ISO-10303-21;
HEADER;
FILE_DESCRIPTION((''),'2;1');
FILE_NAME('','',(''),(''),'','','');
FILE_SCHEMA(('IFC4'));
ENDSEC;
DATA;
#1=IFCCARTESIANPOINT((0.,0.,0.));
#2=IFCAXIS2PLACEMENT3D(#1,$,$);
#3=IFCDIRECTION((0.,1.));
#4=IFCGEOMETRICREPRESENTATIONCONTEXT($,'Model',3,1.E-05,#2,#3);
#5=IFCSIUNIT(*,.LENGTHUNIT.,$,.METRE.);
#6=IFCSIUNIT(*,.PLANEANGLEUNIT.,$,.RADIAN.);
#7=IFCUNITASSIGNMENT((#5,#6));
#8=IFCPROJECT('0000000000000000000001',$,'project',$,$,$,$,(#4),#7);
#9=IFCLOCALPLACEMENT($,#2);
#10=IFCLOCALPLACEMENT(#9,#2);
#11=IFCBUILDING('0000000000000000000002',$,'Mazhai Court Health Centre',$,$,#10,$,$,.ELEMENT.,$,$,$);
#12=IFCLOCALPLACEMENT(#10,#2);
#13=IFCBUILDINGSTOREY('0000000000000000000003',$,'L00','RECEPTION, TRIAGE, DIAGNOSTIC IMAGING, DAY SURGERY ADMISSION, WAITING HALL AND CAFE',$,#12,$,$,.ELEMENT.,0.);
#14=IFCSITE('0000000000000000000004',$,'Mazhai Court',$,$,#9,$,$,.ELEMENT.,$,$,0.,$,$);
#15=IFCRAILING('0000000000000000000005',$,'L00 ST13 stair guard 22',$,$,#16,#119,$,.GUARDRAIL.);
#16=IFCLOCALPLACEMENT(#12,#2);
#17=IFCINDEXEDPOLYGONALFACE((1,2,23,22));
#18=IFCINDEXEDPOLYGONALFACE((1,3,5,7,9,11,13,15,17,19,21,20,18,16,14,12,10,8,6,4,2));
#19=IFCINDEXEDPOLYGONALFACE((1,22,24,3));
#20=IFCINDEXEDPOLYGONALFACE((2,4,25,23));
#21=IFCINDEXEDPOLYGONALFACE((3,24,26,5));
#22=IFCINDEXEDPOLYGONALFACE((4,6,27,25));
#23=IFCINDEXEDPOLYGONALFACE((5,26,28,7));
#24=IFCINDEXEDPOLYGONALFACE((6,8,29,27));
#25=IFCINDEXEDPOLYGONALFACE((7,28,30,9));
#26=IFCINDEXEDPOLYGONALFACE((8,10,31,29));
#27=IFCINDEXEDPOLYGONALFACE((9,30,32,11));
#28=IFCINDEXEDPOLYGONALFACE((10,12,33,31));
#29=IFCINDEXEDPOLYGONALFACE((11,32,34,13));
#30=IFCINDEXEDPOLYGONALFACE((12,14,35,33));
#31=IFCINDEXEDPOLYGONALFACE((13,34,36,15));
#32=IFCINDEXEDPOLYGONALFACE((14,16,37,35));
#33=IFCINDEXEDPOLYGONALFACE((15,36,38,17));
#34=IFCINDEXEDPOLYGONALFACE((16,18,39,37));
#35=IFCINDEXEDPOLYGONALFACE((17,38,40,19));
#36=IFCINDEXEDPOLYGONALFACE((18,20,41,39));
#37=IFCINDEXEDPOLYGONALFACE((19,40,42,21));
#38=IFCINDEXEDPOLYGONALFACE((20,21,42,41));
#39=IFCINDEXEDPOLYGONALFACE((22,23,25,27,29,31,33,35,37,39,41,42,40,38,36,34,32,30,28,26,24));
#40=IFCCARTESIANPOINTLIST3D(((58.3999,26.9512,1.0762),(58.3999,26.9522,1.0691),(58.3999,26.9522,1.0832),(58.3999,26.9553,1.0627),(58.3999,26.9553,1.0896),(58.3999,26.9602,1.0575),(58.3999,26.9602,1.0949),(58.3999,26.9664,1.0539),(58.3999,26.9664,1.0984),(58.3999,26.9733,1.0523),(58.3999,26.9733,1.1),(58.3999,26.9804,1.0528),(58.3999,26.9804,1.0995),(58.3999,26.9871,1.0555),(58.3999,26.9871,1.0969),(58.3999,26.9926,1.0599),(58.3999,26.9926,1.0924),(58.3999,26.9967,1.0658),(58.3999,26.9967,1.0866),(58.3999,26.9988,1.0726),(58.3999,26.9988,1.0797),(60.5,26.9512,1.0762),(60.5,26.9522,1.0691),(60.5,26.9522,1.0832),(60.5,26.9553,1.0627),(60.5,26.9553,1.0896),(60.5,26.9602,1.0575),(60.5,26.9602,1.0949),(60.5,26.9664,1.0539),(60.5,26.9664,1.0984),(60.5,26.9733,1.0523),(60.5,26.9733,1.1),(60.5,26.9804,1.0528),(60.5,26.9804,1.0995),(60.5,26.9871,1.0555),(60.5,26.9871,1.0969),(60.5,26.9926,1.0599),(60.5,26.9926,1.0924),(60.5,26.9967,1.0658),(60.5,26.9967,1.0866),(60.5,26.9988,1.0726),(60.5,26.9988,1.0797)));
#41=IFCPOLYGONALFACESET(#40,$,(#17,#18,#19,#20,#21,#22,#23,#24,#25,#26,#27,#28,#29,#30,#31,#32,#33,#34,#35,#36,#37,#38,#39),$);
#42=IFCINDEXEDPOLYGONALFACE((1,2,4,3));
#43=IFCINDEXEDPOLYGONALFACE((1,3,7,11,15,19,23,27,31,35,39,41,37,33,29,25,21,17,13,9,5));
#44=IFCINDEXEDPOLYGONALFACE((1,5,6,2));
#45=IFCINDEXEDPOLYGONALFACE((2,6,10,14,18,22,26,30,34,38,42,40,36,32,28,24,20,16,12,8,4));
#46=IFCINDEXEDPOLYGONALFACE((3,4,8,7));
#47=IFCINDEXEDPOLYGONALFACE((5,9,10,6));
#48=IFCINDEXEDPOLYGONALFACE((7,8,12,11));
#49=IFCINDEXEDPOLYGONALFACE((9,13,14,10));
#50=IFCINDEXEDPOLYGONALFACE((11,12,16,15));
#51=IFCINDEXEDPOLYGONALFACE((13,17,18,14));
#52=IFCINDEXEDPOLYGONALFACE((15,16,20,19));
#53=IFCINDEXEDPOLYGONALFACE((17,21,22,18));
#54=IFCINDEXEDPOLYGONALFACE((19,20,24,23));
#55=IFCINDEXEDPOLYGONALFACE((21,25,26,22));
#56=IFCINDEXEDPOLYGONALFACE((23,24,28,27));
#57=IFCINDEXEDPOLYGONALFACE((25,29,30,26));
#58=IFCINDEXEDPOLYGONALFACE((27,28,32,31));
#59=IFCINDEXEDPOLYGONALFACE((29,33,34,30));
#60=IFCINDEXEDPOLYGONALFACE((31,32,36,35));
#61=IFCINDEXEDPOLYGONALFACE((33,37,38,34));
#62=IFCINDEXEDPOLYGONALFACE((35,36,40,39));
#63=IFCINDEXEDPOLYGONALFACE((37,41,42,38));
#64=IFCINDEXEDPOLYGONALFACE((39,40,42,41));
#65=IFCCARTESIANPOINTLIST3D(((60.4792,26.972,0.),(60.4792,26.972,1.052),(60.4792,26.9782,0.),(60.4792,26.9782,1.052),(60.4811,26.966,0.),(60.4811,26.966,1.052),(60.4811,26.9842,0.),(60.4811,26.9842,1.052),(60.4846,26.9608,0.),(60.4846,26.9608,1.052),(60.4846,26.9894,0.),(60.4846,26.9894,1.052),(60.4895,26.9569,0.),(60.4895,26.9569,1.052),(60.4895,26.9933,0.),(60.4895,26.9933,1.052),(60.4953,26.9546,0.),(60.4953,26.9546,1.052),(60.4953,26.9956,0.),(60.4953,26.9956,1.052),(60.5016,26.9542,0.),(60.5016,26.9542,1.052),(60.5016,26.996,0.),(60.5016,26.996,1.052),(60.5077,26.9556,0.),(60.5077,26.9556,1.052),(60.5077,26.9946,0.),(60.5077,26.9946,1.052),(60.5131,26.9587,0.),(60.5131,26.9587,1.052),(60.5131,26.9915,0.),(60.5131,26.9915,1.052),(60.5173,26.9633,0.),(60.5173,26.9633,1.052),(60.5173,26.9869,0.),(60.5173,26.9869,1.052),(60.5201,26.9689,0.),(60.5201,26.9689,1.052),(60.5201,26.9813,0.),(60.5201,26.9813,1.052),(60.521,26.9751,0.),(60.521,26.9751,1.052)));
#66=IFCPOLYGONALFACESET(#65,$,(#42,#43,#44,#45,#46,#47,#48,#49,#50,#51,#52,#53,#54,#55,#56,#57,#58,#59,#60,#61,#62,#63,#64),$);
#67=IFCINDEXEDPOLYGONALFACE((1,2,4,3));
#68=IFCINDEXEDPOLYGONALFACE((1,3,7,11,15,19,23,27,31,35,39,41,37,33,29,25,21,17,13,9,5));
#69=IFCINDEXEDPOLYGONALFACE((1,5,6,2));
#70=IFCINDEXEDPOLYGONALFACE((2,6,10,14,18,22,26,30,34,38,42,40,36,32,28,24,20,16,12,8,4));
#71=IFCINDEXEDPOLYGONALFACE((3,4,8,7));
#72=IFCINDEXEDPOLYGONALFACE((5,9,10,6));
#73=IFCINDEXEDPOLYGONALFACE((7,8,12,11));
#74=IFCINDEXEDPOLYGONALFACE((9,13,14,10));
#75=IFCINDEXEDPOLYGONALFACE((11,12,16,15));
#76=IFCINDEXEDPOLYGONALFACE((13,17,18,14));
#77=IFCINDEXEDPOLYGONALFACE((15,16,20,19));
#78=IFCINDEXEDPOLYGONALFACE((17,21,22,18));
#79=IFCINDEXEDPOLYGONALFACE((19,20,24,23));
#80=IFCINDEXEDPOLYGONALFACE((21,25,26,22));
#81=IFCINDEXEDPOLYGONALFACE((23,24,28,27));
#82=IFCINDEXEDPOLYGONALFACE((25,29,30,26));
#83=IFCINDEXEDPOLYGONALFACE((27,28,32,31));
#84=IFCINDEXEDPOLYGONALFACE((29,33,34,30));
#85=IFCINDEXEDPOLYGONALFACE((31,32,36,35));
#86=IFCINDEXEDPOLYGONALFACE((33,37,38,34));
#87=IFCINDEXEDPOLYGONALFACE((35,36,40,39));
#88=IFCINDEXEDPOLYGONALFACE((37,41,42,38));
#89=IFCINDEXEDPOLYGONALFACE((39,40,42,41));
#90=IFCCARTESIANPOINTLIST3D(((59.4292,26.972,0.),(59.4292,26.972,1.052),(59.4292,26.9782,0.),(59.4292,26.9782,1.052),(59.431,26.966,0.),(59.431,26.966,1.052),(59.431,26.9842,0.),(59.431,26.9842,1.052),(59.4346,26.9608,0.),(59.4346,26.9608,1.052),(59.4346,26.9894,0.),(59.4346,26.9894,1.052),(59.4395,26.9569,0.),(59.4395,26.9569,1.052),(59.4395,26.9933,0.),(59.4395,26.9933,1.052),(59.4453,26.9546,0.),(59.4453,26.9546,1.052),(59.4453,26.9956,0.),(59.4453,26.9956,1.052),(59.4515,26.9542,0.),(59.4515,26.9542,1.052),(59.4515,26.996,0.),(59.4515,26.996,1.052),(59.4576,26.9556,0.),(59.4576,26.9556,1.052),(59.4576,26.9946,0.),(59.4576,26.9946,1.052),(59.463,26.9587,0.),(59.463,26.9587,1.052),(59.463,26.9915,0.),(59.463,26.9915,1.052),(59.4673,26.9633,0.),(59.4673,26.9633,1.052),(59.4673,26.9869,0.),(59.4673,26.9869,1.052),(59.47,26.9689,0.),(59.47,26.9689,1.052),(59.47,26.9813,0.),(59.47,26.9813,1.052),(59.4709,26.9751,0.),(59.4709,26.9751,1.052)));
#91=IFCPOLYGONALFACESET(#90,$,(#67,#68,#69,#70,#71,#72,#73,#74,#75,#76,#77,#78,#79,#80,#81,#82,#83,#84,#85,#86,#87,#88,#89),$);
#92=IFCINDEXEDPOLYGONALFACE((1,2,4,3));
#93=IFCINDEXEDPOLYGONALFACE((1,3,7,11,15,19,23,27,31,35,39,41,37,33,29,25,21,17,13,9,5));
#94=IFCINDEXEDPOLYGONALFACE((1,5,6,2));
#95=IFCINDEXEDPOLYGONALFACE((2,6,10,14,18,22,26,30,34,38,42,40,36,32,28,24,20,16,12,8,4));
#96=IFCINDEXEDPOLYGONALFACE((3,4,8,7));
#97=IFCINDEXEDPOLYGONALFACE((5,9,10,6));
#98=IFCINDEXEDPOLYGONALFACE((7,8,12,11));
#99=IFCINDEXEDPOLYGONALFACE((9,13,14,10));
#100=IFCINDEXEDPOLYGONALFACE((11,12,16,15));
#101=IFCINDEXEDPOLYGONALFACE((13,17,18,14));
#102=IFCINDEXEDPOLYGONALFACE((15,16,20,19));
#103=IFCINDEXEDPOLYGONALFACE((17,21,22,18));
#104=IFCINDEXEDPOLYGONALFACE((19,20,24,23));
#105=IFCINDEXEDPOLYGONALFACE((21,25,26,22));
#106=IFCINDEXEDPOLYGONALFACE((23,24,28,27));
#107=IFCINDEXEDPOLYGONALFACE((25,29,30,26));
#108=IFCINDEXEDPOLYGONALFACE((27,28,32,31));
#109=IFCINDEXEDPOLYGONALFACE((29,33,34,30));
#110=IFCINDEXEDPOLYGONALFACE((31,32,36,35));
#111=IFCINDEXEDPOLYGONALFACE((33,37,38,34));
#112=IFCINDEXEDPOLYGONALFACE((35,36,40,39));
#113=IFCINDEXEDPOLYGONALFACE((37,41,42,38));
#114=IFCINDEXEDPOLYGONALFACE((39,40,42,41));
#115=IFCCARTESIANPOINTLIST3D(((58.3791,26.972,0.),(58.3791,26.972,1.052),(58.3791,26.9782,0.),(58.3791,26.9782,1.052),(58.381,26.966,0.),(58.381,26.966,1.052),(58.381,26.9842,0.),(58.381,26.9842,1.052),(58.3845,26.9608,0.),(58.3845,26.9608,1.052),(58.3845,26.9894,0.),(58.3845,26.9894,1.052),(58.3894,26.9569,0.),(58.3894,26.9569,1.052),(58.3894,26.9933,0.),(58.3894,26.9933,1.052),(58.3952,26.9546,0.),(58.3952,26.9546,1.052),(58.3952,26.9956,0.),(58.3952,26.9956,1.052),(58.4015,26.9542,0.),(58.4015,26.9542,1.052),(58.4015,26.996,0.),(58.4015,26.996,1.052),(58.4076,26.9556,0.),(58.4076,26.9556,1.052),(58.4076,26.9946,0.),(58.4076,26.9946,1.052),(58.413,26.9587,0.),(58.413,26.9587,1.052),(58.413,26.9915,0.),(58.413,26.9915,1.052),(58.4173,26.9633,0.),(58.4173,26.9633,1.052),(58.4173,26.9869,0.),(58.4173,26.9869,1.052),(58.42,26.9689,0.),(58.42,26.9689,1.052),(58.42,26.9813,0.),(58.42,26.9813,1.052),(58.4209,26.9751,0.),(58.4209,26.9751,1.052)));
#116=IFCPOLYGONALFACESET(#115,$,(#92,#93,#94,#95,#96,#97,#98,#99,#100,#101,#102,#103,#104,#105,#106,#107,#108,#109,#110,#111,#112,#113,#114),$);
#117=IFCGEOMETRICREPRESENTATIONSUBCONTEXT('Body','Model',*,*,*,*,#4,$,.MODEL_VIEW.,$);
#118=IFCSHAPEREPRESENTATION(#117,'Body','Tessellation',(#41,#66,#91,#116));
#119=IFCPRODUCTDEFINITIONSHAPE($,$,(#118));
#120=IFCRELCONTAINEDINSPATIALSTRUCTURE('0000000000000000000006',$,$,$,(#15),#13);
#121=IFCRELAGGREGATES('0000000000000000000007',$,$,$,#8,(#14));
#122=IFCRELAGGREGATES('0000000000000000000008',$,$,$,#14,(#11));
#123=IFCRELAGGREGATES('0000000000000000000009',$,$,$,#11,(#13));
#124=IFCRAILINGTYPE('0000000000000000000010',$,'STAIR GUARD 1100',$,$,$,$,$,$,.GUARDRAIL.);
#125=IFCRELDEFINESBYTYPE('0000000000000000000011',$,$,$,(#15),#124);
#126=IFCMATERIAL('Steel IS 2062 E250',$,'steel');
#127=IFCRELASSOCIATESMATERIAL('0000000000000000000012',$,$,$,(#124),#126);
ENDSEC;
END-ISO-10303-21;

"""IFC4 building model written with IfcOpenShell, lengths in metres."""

from ifc_helpers import new_model, si_unit, direction, frame, origin, origin_2d, place, context, subcontext, project, spatial, circle, extrude, material, type_object, element, save


model = new_model("IFC4")

# Units and contexts
model_context = context("Model", 3, precision=1e-05, world=origin(), true_north=direction((0.0, 1.0)))
body_context = subcontext(model_context, "Body", "Model", "MODEL_VIEW")
ifc_project = project(units=[si_unit("LENGTHUNIT", "METRE"), si_unit("PLANEANGLEUNIT", "RADIAN")], contexts=[model_context])

# Site, building, storey
site_placement = place(None, origin())
site = spatial("IfcSite", under=ifc_project, at=site_placement, Name="Mazhai Court", CompositionType="ELEMENT", RefElevation=0.0)
building_placement = place(site_placement, origin())
building = spatial("IfcBuilding", under=site, at=building_placement, Name="Mazhai Court Health Centre", CompositionType="ELEMENT")
storey_placement = place(building_placement, origin())
storey = spatial("IfcBuildingStorey", under=building, at=storey_placement, Name="L00", Description="RECEPTION, TRIAGE, DIAGNOSTIC IMAGING, DAY SURGERY ADMISSION, WAITING HALL AND CAFE", CompositionType="ELEMENT", Elevation=0.0)

# Railing
ifc_material_1 = material(Name="Steel IS 2062 E250", Category="steel")
railing_type = type_object("IfcRailingType", Name="STAIR GUARD 1100", PredefinedType="GUARDRAIL", material=ifc_material_1)
railing_1_placement = place(storey_placement, frame((60.5, 26.9751, 0.0)))
element("IfcRailing", 1, at=railing_1_placement, inside=storey, type_object=railing_type, Name="L00 ST13 stair guard 22", PredefinedType="GUARDRAIL", context=body_context, shape_type="SweptSolid", body=[
    extrude(circle(Radius=0.0239, at=origin_2d()), frame((0.0, 0.0, 1.0762), z_axis=(-1.0, 0.0, 0.0), x_axis=(0.0, -1.0, 0.0)), (0.0, 0.0, 1.0), 2.1001),
    extrude(circle(Radius=0.021, at=origin_2d()), origin(), (0.0, 0.0, 1.0), 1.052),
    extrude(circle(Radius=0.021, at=origin_2d()), frame((-1.05, 0.0, 0.0)), (0.0, 0.0, 1.0), 1.052),
    extrude(circle(Radius=0.021, at=origin_2d()), frame((-2.1001, 0.0, 0.0)), (0.0, 0.0, 1.0), 1.052),
])

save(model, "model.ifc")
